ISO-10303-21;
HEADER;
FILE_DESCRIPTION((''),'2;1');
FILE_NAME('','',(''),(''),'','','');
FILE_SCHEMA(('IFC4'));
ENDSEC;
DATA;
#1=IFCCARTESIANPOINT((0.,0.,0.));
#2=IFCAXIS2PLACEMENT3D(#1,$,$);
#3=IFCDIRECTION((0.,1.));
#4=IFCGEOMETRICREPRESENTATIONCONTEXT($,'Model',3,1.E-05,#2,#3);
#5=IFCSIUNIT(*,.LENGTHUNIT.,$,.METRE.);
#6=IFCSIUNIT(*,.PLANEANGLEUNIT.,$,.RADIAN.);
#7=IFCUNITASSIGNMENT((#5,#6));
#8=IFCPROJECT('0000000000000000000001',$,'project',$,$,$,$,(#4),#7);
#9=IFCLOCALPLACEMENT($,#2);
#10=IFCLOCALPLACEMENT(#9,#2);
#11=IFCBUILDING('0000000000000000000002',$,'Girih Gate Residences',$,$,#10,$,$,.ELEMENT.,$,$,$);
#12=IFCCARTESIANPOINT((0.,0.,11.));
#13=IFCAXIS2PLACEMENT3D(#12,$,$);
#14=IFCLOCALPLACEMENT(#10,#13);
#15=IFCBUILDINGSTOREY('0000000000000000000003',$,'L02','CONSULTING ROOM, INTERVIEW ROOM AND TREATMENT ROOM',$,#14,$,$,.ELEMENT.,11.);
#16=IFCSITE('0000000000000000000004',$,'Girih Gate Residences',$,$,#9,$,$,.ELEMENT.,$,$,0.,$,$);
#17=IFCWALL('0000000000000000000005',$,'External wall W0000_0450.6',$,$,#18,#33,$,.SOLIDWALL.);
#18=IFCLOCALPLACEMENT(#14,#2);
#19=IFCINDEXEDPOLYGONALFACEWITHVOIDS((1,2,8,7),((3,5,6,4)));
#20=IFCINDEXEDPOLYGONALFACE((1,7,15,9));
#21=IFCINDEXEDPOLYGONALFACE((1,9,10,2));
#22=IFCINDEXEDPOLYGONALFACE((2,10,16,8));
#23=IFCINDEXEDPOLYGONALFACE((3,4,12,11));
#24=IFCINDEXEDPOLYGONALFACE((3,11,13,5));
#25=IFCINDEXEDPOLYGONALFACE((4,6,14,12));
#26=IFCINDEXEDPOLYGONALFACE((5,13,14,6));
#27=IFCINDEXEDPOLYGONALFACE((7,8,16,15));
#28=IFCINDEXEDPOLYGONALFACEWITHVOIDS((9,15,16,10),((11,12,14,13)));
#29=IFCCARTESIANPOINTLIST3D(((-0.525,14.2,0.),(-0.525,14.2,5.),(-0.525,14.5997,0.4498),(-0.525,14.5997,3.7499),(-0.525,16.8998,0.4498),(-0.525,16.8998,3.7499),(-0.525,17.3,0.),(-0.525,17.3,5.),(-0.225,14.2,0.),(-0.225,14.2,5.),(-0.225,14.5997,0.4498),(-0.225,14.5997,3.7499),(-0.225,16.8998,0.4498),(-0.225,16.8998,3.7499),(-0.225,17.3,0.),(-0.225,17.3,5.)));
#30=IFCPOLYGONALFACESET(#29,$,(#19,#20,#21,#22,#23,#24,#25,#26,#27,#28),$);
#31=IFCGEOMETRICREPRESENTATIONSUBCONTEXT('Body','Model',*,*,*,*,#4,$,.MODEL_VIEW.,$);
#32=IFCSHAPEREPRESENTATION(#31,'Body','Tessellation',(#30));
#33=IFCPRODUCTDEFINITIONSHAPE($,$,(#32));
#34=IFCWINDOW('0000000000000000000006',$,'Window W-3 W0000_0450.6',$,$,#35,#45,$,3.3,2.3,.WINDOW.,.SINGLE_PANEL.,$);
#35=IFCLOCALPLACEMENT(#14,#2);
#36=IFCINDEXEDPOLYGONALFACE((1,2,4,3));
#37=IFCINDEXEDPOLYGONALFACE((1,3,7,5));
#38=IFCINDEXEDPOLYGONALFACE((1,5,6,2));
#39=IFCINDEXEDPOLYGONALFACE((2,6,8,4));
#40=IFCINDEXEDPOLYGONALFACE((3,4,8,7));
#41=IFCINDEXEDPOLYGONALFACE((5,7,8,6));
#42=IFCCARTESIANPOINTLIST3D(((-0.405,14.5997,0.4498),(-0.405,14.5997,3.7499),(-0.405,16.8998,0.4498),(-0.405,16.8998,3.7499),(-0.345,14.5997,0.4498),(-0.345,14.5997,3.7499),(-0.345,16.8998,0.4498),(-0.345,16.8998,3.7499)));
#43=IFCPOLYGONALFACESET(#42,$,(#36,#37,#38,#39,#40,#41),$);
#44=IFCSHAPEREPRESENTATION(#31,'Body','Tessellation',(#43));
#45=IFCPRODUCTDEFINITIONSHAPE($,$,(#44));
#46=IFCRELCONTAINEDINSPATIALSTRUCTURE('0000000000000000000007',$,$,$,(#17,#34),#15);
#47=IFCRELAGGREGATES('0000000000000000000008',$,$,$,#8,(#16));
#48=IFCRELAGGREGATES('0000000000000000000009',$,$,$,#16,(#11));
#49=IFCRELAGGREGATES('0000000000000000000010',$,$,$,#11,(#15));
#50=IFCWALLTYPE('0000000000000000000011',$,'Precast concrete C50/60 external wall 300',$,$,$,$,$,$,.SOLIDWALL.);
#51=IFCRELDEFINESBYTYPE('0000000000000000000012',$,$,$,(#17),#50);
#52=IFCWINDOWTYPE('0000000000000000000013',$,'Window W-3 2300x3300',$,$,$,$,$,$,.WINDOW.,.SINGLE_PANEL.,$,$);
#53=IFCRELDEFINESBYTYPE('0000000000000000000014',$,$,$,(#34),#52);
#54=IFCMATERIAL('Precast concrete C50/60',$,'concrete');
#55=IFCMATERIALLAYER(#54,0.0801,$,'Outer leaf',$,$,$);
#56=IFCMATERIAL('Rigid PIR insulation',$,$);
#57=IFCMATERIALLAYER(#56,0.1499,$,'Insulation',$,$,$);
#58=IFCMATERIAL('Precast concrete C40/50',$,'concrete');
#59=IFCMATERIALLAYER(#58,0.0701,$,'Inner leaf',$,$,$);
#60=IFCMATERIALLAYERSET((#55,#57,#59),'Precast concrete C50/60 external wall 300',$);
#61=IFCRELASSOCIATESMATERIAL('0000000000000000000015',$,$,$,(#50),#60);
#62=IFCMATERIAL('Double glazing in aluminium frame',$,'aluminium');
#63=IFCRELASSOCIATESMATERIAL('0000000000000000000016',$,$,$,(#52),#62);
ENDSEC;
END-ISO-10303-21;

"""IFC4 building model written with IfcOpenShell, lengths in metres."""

from ifc_helpers import new_model, si_unit, direction, frame, frame_2d, origin, place, context, subcontext, project, spatial, rectangle, extrude, material, layer, layer_set, type_object, element, fill, save


model = new_model("IFC4")

# Units and contexts
model_context = context("Model", 3, precision=1e-05, world=origin(), true_north=direction((0.0, 1.0)))
body_context = subcontext(model_context, "Body", "Model", "MODEL_VIEW")
ifc_project = project(units=[si_unit("LENGTHUNIT", "METRE"), si_unit("PLANEANGLEUNIT", "RADIAN")], contexts=[model_context])

# Site, building, storey
site_placement = place(None, origin())
site = spatial("IfcSite", under=ifc_project, at=site_placement, Name="Girih Gate Residences", CompositionType="ELEMENT", RefElevation=0.0)
building_placement = place(site_placement, origin())
building = spatial("IfcBuilding", under=site, at=building_placement, Name="Girih Gate Residences", CompositionType="ELEMENT")
storey_placement = place(building_placement, frame((0.0, 0.0, 11.0)))
storey = spatial("IfcBuildingStorey", under=building, at=storey_placement, Name="L02", Description="CONSULTING ROOM, INTERVIEW ROOM AND TREATMENT ROOM", CompositionType="ELEMENT", Elevation=11.0)

# Wall, opening, window
ifc_material_1 = material(Name="Precast concrete C50/60", Category="concrete")
ifc_layer_1 = layer(ifc_material_1, 0.0801, Name="Outer leaf")
ifc_material_2 = material(Name="Rigid PIR insulation")
ifc_layer_2 = layer(ifc_material_2, 0.1499, Name="Insulation")
ifc_material_3 = material(Name="Precast concrete C40/50", Category="concrete")
ifc_layer_3 = layer(ifc_material_3, 0.0701, Name="Inner leaf")
ifc_layer_set_1 = layer_set([ifc_layer_1, ifc_layer_2, ifc_layer_3], Name="Precast concrete C50/60 external wall 300")
wall_type_1 = type_object("IfcWallType", Name="Precast concrete C50/60 external wall 300", PredefinedType="SOLIDWALL", material=ifc_layer_set_1)
ifc_material_4 = material(Name="Double glazing in aluminium frame", Category="aluminium")
window_type = type_object("IfcWindowType", Name="Window W-3 2300x3300", PartitioningType="SINGLE_PANEL", PredefinedType="WINDOW", material=ifc_material_4)
wall_1_placement = place(storey_placement, frame((-0.375, 14.2, 0.0), z_axis=(0.0, 0.0, 1.0), x_axis=(0.0, 1.0, 0.0)))
wall_1 = element("IfcWall", 1, at=wall_1_placement, inside=storey, type_object=wall_type_1, Name="External wall W0000_0450.6", PredefinedType="SOLIDWALL", context=body_context, shape_type="SweptSolid", body=[
    extrude(rectangle(XDim=3.1001, YDim=0.3, at=frame_2d((1.55, 0.0))), origin(), (0.0, 0.0, 1.0), 5.0),
])
opening_1_placement = place(wall_1_placement, frame((0.3999, 0.0, 0.45)))
opening_1 = element("IfcOpeningElement", 2, at=opening_1_placement, cuts=wall_1, PredefinedType="OPENING", context=body_context, shape_type="SweptSolid", body=[
    extrude(rectangle(XDim=2.3, YDim=3.3, at=frame_2d((1.1499, 1.6499))), frame((0.0, 0.1599, 0.0), z_axis=(0.0, -1.0, 0.0), x_axis=(1.0, 0.0, 0.0)), (0.0, 0.0, 1.0), 0.3201),
])
window_1_placement = place(opening_1_placement, origin())
window_1 = element("IfcWindow", 3, at=window_1_placement, inside=storey, type_object=window_type, Name="Window W-3 W0000_0450.6", OverallHeight=3.3, OverallWidth=2.3, PartitioningType="SINGLE_PANEL", PredefinedType="WINDOW", context=body_context, shape_type="SweptSolid", body=[
    extrude(rectangle(XDim=2.3, YDim=3.3, at=frame_2d((1.1499, 1.6499))), frame((0.0, 0.03, 0.0), z_axis=(0.0, -1.0, 0.0), x_axis=(1.0, 0.0, 0.0)), (0.0, 0.0, 1.0), 0.0601),
])
fill(opening_1, window_1)

save(model, "model.ifc")
